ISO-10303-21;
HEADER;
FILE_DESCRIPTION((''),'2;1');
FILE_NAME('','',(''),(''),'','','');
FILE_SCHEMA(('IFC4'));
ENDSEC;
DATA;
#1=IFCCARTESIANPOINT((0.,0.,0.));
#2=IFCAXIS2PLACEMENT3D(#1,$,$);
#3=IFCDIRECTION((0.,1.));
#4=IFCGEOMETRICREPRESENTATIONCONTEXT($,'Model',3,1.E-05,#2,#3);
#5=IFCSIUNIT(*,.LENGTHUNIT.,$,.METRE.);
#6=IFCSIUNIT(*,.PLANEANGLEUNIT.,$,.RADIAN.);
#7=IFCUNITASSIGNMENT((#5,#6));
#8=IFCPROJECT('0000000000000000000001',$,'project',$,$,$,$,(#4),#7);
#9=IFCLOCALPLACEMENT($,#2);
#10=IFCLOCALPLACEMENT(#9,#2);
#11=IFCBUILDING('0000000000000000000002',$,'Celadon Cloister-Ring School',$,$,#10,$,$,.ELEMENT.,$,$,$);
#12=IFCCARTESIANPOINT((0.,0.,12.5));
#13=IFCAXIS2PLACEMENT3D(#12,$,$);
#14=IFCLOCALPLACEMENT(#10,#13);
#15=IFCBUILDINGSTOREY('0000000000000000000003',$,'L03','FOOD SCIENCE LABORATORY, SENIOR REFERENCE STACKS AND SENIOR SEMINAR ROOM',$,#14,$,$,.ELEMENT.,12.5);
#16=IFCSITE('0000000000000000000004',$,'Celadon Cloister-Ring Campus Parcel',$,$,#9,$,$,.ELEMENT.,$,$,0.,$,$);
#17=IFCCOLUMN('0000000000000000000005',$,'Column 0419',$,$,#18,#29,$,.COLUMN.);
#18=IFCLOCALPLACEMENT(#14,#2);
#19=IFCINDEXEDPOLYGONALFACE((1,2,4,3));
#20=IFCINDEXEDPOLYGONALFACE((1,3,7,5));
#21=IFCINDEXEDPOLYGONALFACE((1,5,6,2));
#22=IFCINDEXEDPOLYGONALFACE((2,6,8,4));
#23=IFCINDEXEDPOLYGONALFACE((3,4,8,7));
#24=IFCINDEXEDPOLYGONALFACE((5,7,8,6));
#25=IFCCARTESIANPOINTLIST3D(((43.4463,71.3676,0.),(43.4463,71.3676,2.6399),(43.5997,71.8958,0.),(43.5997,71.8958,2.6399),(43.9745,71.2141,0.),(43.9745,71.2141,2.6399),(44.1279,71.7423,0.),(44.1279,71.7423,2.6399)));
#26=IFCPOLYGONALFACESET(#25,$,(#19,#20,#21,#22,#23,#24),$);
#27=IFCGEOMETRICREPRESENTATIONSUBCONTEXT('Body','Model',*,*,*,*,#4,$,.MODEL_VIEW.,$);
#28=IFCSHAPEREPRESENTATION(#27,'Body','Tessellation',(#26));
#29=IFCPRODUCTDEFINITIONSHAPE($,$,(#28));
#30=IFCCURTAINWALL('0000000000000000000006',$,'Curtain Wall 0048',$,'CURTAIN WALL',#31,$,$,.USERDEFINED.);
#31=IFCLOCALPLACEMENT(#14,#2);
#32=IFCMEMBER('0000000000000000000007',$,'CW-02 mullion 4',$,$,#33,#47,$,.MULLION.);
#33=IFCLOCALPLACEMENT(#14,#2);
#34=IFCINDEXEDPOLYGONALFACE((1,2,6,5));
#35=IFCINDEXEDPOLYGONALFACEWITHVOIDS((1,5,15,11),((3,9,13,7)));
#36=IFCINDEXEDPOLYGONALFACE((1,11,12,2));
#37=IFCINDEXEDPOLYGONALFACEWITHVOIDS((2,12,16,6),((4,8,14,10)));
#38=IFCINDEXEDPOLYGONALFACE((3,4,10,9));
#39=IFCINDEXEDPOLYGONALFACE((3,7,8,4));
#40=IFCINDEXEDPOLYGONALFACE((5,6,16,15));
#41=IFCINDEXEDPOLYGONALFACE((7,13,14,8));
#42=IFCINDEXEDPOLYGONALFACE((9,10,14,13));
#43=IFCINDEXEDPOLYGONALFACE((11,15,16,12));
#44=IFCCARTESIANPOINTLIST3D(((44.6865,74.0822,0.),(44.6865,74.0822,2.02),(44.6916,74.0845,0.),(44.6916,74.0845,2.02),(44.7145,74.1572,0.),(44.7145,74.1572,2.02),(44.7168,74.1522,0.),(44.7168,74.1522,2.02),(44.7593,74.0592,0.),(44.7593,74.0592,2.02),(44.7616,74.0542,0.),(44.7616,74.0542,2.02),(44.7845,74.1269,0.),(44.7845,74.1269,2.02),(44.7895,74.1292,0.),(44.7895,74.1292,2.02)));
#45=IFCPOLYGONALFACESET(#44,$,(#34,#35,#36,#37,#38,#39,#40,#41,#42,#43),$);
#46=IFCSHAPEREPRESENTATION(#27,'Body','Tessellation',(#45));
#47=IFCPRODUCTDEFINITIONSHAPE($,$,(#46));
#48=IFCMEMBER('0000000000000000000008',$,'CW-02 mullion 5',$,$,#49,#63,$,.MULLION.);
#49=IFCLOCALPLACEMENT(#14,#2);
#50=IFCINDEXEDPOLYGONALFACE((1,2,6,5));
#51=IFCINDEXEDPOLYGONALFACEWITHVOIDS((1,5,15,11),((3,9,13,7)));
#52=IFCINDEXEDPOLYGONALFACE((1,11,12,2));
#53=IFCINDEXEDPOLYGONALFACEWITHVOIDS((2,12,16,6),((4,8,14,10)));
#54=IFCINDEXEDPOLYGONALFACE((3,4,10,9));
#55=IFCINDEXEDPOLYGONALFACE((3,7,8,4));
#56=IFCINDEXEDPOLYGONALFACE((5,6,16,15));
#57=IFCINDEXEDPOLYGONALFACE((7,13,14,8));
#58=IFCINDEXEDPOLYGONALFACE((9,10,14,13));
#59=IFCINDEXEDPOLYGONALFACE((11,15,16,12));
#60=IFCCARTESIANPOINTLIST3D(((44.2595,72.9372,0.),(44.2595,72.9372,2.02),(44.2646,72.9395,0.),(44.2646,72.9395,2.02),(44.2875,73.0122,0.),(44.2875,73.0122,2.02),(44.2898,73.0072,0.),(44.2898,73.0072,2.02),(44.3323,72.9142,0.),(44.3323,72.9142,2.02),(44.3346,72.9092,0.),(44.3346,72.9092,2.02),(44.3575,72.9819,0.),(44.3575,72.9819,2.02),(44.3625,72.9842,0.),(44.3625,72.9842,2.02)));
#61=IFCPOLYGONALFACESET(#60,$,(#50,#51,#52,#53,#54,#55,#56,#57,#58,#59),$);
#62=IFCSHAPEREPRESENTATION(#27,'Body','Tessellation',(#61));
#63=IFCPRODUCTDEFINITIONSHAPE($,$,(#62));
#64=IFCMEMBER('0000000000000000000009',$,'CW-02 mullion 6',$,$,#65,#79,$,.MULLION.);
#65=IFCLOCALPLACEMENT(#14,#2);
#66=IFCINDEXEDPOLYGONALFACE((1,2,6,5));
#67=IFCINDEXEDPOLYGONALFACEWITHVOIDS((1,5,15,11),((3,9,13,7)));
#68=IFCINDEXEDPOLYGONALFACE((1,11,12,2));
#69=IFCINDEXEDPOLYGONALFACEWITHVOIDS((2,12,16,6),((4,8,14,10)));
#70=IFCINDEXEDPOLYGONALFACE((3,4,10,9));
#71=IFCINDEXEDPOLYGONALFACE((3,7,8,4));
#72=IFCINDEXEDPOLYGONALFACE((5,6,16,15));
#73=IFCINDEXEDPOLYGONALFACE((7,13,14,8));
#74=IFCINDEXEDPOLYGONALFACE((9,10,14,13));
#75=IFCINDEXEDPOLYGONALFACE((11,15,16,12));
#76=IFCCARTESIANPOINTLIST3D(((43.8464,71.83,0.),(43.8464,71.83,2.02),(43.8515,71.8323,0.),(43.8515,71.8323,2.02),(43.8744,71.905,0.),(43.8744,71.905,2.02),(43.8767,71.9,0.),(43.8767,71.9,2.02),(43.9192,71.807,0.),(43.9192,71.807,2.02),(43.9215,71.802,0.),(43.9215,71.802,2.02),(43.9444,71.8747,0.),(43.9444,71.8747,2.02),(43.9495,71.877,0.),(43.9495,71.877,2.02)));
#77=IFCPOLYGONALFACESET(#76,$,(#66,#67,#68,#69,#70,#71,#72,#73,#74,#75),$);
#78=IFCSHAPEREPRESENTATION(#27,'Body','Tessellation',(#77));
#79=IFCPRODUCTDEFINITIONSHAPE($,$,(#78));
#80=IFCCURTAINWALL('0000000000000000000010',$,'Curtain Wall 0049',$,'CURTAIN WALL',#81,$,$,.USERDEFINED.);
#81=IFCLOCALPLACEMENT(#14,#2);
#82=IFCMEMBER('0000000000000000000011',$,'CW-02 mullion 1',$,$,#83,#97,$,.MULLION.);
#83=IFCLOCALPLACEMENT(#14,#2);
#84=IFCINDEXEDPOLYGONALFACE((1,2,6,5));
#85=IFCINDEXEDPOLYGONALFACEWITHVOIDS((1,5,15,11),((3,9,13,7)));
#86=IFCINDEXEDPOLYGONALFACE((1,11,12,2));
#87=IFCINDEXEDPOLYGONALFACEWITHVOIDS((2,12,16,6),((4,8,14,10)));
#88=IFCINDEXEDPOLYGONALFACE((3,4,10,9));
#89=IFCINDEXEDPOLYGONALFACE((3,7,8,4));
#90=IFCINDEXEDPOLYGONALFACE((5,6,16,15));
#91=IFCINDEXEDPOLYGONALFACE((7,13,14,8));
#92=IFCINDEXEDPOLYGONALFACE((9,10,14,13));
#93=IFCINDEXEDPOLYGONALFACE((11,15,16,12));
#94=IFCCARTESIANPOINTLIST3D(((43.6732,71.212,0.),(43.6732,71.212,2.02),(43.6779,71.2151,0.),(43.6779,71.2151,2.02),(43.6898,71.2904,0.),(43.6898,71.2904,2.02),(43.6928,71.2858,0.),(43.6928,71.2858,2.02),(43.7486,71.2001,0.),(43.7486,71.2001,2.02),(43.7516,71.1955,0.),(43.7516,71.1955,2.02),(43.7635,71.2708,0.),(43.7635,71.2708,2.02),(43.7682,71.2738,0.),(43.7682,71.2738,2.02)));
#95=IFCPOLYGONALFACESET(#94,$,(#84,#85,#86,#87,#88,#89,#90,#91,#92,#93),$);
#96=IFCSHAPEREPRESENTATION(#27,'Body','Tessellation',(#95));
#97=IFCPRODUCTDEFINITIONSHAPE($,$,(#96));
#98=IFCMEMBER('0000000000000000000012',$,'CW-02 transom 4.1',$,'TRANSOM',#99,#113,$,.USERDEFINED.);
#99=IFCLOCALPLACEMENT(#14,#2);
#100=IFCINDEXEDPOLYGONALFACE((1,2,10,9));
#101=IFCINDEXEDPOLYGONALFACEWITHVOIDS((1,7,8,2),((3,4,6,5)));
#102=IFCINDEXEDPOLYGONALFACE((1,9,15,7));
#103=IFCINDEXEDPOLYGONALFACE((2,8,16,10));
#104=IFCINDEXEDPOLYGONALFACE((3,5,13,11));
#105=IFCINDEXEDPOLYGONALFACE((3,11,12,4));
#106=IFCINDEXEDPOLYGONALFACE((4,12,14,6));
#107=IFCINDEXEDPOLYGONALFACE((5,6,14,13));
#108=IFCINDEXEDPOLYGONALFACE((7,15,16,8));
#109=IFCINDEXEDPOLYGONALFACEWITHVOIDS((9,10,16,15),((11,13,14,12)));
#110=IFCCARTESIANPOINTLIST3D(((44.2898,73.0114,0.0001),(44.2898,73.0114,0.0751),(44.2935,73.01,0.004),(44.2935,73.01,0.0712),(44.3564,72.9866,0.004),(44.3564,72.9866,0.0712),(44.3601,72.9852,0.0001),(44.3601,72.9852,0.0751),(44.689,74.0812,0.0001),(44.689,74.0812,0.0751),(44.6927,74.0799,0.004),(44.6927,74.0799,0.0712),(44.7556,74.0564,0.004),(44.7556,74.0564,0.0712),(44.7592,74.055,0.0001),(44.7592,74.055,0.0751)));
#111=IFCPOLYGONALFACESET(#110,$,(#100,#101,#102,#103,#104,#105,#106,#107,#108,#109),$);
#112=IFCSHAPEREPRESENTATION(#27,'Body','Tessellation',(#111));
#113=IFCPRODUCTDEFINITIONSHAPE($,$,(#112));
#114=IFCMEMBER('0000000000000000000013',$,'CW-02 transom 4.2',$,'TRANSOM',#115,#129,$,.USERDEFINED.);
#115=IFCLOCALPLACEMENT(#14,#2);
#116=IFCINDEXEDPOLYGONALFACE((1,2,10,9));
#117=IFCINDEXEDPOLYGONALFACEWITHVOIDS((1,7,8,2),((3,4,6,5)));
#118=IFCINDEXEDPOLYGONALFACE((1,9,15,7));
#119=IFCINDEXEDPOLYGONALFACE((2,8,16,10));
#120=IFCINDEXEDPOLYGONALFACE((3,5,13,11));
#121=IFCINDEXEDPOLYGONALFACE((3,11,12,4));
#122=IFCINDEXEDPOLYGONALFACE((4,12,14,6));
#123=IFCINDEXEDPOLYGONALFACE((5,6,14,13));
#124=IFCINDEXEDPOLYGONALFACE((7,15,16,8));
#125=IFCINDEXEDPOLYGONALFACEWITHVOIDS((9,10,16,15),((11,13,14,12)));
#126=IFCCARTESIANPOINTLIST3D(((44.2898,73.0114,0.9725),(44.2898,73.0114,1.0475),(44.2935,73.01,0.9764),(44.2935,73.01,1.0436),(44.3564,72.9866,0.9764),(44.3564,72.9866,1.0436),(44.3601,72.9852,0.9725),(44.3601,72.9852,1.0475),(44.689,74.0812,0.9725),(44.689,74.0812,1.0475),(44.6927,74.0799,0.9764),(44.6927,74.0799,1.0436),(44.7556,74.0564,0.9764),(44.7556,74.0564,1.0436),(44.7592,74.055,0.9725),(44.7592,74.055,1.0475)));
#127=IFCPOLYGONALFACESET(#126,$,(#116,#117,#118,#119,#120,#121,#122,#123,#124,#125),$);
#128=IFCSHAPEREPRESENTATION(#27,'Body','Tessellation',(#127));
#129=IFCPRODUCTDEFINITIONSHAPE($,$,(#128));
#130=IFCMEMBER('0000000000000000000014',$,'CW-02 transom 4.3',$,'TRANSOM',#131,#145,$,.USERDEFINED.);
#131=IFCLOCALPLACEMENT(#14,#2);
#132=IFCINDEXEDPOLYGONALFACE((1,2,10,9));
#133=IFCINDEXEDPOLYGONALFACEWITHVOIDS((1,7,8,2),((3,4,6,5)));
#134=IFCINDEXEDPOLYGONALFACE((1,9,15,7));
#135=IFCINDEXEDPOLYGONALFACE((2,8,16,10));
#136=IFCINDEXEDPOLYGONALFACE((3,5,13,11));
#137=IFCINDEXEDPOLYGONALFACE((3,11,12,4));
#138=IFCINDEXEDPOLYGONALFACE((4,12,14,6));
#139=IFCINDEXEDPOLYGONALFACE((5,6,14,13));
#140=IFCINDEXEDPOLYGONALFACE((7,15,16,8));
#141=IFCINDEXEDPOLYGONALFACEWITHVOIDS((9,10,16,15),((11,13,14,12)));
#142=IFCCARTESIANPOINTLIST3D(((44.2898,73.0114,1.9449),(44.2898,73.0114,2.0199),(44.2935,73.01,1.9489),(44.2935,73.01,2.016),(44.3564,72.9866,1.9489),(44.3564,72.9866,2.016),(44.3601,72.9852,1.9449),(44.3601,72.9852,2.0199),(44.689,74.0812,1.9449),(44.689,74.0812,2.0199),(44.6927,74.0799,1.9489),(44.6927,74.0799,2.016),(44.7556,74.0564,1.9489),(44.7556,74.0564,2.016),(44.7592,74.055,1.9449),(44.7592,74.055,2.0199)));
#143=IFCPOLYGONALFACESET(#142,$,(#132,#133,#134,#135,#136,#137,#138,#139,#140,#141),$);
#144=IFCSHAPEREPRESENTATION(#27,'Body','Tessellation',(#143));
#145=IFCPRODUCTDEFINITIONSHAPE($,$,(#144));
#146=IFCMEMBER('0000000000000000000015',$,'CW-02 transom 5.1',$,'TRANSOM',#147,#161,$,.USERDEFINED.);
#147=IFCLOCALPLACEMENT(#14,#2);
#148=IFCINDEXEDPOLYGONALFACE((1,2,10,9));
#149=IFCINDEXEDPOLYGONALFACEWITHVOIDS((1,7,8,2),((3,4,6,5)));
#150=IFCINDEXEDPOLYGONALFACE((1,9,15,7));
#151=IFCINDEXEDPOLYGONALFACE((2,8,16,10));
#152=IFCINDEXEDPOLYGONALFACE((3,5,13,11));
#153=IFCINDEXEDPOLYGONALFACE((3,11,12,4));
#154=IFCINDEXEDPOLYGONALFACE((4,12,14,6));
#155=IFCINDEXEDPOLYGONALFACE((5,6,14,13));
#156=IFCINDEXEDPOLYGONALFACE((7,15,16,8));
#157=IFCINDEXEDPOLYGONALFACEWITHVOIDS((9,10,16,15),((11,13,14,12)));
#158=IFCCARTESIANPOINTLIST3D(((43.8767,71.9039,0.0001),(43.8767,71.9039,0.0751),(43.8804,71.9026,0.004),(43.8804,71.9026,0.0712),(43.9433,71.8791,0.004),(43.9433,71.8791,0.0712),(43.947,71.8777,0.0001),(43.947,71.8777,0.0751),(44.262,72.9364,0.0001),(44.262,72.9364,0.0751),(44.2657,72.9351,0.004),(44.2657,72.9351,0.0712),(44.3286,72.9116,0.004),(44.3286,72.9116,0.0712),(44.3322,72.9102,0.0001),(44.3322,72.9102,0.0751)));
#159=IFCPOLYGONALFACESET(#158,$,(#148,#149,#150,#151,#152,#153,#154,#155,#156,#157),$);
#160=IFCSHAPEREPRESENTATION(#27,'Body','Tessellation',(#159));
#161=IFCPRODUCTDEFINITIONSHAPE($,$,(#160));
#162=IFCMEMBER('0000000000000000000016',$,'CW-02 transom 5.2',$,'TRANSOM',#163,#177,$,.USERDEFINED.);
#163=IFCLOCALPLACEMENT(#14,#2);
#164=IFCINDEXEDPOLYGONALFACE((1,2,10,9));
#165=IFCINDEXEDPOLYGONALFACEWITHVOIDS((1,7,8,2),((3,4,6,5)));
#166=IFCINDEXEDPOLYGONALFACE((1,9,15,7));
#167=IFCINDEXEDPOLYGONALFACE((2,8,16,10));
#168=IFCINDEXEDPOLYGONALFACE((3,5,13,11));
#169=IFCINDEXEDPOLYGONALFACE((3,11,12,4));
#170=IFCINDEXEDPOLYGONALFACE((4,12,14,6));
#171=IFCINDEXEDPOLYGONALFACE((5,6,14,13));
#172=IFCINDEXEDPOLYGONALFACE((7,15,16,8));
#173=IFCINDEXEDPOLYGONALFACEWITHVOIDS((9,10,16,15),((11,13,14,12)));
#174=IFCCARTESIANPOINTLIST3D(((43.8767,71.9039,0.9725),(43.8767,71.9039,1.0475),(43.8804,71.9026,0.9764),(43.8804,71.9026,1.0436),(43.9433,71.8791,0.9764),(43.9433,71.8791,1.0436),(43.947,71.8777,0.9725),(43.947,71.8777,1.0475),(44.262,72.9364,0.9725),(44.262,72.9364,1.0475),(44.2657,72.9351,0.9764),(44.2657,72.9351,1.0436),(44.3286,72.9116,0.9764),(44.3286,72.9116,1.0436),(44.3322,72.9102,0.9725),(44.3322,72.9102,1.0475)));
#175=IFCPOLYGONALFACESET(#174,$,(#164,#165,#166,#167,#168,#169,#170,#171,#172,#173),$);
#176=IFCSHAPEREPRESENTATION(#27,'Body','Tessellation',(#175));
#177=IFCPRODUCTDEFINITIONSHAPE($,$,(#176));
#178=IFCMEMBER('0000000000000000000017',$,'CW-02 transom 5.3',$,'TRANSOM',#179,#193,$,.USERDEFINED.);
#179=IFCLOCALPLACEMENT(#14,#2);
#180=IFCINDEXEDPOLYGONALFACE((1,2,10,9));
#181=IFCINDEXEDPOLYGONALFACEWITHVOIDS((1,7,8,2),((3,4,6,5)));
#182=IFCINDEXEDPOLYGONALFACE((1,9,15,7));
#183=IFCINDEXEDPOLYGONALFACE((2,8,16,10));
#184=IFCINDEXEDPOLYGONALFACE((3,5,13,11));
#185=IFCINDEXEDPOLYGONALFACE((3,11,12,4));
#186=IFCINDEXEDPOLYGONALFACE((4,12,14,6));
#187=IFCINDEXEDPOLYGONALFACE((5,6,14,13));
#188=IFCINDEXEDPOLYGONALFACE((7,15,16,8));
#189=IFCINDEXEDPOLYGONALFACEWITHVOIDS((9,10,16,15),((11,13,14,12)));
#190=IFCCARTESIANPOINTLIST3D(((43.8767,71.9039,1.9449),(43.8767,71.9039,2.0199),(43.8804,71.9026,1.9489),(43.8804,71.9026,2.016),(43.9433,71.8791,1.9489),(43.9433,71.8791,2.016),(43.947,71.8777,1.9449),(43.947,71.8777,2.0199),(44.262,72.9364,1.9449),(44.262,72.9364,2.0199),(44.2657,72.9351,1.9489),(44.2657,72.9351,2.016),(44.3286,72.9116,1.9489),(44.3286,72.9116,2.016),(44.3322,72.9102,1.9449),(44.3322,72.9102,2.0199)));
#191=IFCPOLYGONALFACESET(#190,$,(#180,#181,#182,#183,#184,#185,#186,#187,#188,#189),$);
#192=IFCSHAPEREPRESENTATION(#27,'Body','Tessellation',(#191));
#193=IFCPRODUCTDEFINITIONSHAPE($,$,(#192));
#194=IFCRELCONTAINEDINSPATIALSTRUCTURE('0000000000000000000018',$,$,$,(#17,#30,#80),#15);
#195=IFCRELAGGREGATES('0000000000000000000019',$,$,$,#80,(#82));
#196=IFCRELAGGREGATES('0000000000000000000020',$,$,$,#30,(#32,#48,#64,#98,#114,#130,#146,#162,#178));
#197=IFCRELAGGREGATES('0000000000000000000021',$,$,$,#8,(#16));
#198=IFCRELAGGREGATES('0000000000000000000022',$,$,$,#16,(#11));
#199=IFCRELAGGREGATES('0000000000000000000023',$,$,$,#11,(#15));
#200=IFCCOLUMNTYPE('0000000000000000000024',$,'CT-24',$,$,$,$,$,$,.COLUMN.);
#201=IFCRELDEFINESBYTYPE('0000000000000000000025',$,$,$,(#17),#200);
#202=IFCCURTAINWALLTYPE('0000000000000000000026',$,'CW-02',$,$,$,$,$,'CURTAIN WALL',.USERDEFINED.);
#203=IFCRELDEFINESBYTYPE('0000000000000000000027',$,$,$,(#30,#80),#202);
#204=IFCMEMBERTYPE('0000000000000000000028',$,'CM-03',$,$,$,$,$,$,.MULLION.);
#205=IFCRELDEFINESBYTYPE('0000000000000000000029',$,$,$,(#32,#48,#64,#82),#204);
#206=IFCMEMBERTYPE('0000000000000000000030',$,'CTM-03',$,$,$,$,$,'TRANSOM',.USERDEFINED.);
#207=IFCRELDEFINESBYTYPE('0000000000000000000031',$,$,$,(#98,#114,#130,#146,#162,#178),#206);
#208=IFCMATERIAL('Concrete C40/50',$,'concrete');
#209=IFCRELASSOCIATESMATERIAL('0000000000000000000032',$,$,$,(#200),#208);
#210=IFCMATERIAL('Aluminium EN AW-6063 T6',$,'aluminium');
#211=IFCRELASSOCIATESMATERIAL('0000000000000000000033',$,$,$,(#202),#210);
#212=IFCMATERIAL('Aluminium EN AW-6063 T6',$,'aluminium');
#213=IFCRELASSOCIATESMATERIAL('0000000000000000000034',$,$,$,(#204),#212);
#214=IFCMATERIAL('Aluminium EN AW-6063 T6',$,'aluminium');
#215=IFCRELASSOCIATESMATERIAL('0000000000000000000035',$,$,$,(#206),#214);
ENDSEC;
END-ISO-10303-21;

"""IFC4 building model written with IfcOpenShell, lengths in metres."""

from ifc_helpers import new_model, si_unit, direction, frame, origin, origin_2d, place, context, subcontext, project, spatial, rectangle, hollow_rectangle, extrude, material, material_profile, profile_set, type_object, element, aggregate, save


model = new_model("IFC4")

# Units and contexts
model_context = context("Model", 3, precision=1e-05, world=origin(), true_north=direction((0.0, 1.0)))
body_context = subcontext(model_context, "Body", "Model", "MODEL_VIEW")
ifc_project = project(units=[si_unit("LENGTHUNIT", "METRE"), si_unit("PLANEANGLEUNIT", "RADIAN")], contexts=[model_context])

# Site, building, storey
site_placement = place(None, origin())
site = spatial("IfcSite", under=ifc_project, at=site_placement, Name="Celadon Cloister-Ring Campus Parcel", CompositionType="ELEMENT", RefElevation=0.0)
building_placement = place(site_placement, origin())
building = spatial("IfcBuilding", under=site, at=building_placement, Name="Celadon Cloister-Ring School", CompositionType="ELEMENT")
storey_placement = place(building_placement, frame((0.0, 0.0, 12.5)))
storey = spatial("IfcBuildingStorey", under=building, at=storey_placement, Name="L03", Description="FOOD SCIENCE LABORATORY, SENIOR REFERENCE STACKS AND SENIOR SEMINAR ROOM", CompositionType="ELEMENT", Elevation=12.5)

# Column
ifc_material_1 = material(Name="Concrete C40/50", Category="concrete")
ifc_material_profile_1 = material_profile(ifc_material_1, rectangle(XDim=0.55, YDim=0.55, at=origin_2d()), Name="RC550X550")
ifc_profile_set_1 = profile_set([ifc_material_profile_1], Name="Concrete C40/50")
column_type = type_object("IfcColumnType", Name="CT-24", PredefinedType="COLUMN", material=ifc_profile_set_1)
column_placement = place(storey_placement, frame((43.7871, 71.5549, 0.0), z_axis=(0.0, 0.0, 1.0), x_axis=(-0.960294, 0.278991, 0.0)))
element("IfcColumn", 1, at=column_placement, inside=storey, type_object=column_type, Name="Column 0419", PredefinedType="COLUMN", context=body_context, shape_type="SweptSolid", body=[
    extrude(rectangle(XDim=0.55, YDim=0.55, at=origin_2d()), origin(), (0.0, 0.0, 1.0), 2.6399),
])

# Curtain wall, members
ifc_material_2 = material(Name="Aluminium EN AW-6063 T6", Category="aluminium")
curtain_wall_type = type_object("IfcCurtainWallType", Name="CW-02", ElementType="CURTAIN WALL", PredefinedType="USERDEFINED", material=ifc_material_2)
curtain_wall_1_placement = place(storey_placement, origin())
curtain_wall_1 = element("IfcCurtainWall", 2, at=curtain_wall_1_placement, inside=storey, type_object=curtain_wall_type, Name="Curtain Wall 0048", ObjectType="CURTAIN WALL", PredefinedType="USERDEFINED")
ifc_material_3 = material(Name="Aluminium EN AW-6063 T6", Category="aluminium")
ifc_material_profile_2 = material_profile(ifc_material_3, hollow_rectangle(XDim=0.0801, YDim=0.0801, WallThickness=0.0039, at=origin_2d()), Name="RHS80X80X4")
ifc_profile_set_2 = profile_set([ifc_material_profile_2], Name="Aluminium EN AW-6063 T6")
member_type_1 = type_object("IfcMemberType", Name="CM-03", PredefinedType="MULLION", material=ifc_profile_set_2)
member_1_placement = place(storey_placement, frame((44.738, 74.1057, 0.0), z_axis=(0.0, 0.0, 1.0), x_axis=(0.936947, -0.349473, 0.0)))
member_1 = element("IfcMember", 3, at=member_1_placement, type_object=member_type_1, Name="CW-02 mullion 4", PredefinedType="MULLION", context=body_context, shape_type="SweptSolid", body=[
    extrude(hollow_rectangle(XDim=0.0801, YDim=0.0801, WallThickness=0.0039, at=origin_2d()), origin(), (0.0, 0.0, 1.0), 2.02),
])
member_2_placement = place(storey_placement, frame((44.311, 72.9607, 0.0), z_axis=(0.0, 0.0, 1.0), x_axis=(0.936947, -0.349473, 0.0)))
member_2 = element("IfcMember", 4, at=member_2_placement, type_object=member_type_1, Name="CW-02 mullion 5", PredefinedType="MULLION", context=body_context, shape_type="SweptSolid", body=[
    extrude(hollow_rectangle(XDim=0.0801, YDim=0.0801, WallThickness=0.0039, at=origin_2d()), origin(), (0.0, 0.0, 1.0), 2.02),
])
member_3_placement = place(storey_placement, frame((43.8979, 71.8535, 0.0), z_axis=(0.0, 0.0, 1.0), x_axis=(0.936947, -0.349473, 0.0)))
member_3 = element("IfcMember", 5, at=member_3_placement, type_object=member_type_1, Name="CW-02 mullion 6", PredefinedType="MULLION", context=body_context, shape_type="SweptSolid", body=[
    extrude(hollow_rectangle(XDim=0.0801, YDim=0.0801, WallThickness=0.0039, at=origin_2d()), origin(), (0.0, 0.0, 1.0), 2.02),
])

# Curtain wall, member
curtain_wall_2_placement = place(storey_placement, origin())
curtain_wall_2 = element("IfcCurtainWall", 6, at=curtain_wall_2_placement, inside=storey, type_object=curtain_wall_type, Name="Curtain Wall 0049", ObjectType="CURTAIN WALL", PredefinedType="USERDEFINED")
member_4_placement = place(storey_placement, frame((43.7207, 71.2429, 0.0), z_axis=(0.0, 0.0, 1.0), x_axis=(0.978329, -0.207058, 0.0)))
member_4 = element("IfcMember", 7, at=member_4_placement, type_object=member_type_1, Name="CW-02 mullion 1", PredefinedType="MULLION", context=body_context, shape_type="SweptSolid", body=[
    extrude(hollow_rectangle(XDim=0.0801, YDim=0.0801, WallThickness=0.0039, at=origin_2d()), origin(), (0.0, 0.0, 1.0), 2.02),
])

# Members
ifc_material_4 = material(Name="Aluminium EN AW-6063 T6", Category="aluminium")
ifc_material_profile_3 = material_profile(ifc_material_4, hollow_rectangle(XDim=0.075, YDim=0.075, WallThickness=0.0039, at=origin_2d()), Name="RHS75X75X4")
ifc_profile_set_3 = profile_set([ifc_material_profile_3], Name="Aluminium EN AW-6063 T6")
member_type_2 = type_object("IfcMemberType", Name="CTM-03", ElementType="TRANSOM", PredefinedType="USERDEFINED", material=ifc_profile_set_3)
member_5_placement = place(storey_placement, frame((44.7241, 74.0681, 0.0376), z_axis=(-0.349577, -0.936908, 0.0), x_axis=(0.936908, -0.349577, 0.0)))
member_5 = element("IfcMember", 8, at=member_5_placement, type_object=member_type_2, Name="CW-02 transom 4.1", ObjectType="TRANSOM", PredefinedType="USERDEFINED", context=body_context, shape_type="SweptSolid", body=[
    extrude(hollow_rectangle(XDim=0.075, YDim=0.075, WallThickness=0.0039, at=origin_2d()), origin(), (0.0, 0.0, 1.0), 1.1418),
])
member_6_placement = place(storey_placement, frame((44.7241, 74.0681, 1.01), z_axis=(-0.349577, -0.936908, 0.0), x_axis=(0.936908, -0.349577, 0.0)))
member_6 = element("IfcMember", 9, at=member_6_placement, type_object=member_type_2, Name="CW-02 transom 4.2", ObjectType="TRANSOM", PredefinedType="USERDEFINED", context=body_context, shape_type="SweptSolid", body=[
    extrude(hollow_rectangle(XDim=0.075, YDim=0.075, WallThickness=0.0039, at=origin_2d()), origin(), (0.0, 0.0, 1.0), 1.1418),
])
member_7_placement = place(storey_placement, frame((44.7241, 74.0681, 1.9824), z_axis=(-0.349577, -0.936908, 0.0), x_axis=(0.936908, -0.349577, 0.0)))
member_7 = element("IfcMember", 10, at=member_7_placement, type_object=member_type_2, Name="CW-02 transom 4.3", ObjectType="TRANSOM", PredefinedType="USERDEFINED", context=body_context, shape_type="SweptSolid", body=[
    extrude(hollow_rectangle(XDim=0.075, YDim=0.075, WallThickness=0.0039, at=origin_2d()), origin(), (0.0, 0.0, 1.0), 1.1418),
])
member_8_placement = place(storey_placement, frame((44.2971, 72.9233, 0.0376), z_axis=(-0.349593, -0.936902, 0.0), x_axis=(0.936902, -0.349593, 0.0)))
member_8 = element("IfcMember", 11, at=member_8_placement, type_object=member_type_2, Name="CW-02 transom 5.1", ObjectType="TRANSOM", PredefinedType="USERDEFINED", context=body_context, shape_type="SweptSolid", body=[
    extrude(hollow_rectangle(XDim=0.075, YDim=0.075, WallThickness=0.0039, at=origin_2d()), origin(), (0.0, 0.0, 1.0), 1.1021),
])
member_9_placement = place(storey_placement, frame((44.2971, 72.9233, 1.01), z_axis=(-0.349593, -0.936902, 0.0), x_axis=(0.936902, -0.349593, 0.0)))
member_9 = element("IfcMember", 12, at=member_9_placement, type_object=member_type_2, Name="CW-02 transom 5.2", ObjectType="TRANSOM", PredefinedType="USERDEFINED", context=body_context, shape_type="SweptSolid", body=[
    extrude(hollow_rectangle(XDim=0.075, YDim=0.075, WallThickness=0.0039, at=origin_2d()), origin(), (0.0, 0.0, 1.0), 1.1021),
])
member_10_placement = place(storey_placement, frame((44.2971, 72.9233, 1.9824), z_axis=(-0.349593, -0.936902, 0.0), x_axis=(0.936902, -0.349593, 0.0)))
member_10 = element("IfcMember", 13, at=member_10_placement, type_object=member_type_2, Name="CW-02 transom 5.3", ObjectType="TRANSOM", PredefinedType="USERDEFINED", context=body_context, shape_type="SweptSolid", body=[
    extrude(hollow_rectangle(XDim=0.075, YDim=0.075, WallThickness=0.0039, at=origin_2d()), origin(), (0.0, 0.0, 1.0), 1.1021),
])
aggregate(curtain_wall_2, [member_4])

aggregate(curtain_wall_1, [member_1, member_2, member_3, member_5, member_6, member_7, member_8, member_9, member_10])

save(model, "model.ifc")
